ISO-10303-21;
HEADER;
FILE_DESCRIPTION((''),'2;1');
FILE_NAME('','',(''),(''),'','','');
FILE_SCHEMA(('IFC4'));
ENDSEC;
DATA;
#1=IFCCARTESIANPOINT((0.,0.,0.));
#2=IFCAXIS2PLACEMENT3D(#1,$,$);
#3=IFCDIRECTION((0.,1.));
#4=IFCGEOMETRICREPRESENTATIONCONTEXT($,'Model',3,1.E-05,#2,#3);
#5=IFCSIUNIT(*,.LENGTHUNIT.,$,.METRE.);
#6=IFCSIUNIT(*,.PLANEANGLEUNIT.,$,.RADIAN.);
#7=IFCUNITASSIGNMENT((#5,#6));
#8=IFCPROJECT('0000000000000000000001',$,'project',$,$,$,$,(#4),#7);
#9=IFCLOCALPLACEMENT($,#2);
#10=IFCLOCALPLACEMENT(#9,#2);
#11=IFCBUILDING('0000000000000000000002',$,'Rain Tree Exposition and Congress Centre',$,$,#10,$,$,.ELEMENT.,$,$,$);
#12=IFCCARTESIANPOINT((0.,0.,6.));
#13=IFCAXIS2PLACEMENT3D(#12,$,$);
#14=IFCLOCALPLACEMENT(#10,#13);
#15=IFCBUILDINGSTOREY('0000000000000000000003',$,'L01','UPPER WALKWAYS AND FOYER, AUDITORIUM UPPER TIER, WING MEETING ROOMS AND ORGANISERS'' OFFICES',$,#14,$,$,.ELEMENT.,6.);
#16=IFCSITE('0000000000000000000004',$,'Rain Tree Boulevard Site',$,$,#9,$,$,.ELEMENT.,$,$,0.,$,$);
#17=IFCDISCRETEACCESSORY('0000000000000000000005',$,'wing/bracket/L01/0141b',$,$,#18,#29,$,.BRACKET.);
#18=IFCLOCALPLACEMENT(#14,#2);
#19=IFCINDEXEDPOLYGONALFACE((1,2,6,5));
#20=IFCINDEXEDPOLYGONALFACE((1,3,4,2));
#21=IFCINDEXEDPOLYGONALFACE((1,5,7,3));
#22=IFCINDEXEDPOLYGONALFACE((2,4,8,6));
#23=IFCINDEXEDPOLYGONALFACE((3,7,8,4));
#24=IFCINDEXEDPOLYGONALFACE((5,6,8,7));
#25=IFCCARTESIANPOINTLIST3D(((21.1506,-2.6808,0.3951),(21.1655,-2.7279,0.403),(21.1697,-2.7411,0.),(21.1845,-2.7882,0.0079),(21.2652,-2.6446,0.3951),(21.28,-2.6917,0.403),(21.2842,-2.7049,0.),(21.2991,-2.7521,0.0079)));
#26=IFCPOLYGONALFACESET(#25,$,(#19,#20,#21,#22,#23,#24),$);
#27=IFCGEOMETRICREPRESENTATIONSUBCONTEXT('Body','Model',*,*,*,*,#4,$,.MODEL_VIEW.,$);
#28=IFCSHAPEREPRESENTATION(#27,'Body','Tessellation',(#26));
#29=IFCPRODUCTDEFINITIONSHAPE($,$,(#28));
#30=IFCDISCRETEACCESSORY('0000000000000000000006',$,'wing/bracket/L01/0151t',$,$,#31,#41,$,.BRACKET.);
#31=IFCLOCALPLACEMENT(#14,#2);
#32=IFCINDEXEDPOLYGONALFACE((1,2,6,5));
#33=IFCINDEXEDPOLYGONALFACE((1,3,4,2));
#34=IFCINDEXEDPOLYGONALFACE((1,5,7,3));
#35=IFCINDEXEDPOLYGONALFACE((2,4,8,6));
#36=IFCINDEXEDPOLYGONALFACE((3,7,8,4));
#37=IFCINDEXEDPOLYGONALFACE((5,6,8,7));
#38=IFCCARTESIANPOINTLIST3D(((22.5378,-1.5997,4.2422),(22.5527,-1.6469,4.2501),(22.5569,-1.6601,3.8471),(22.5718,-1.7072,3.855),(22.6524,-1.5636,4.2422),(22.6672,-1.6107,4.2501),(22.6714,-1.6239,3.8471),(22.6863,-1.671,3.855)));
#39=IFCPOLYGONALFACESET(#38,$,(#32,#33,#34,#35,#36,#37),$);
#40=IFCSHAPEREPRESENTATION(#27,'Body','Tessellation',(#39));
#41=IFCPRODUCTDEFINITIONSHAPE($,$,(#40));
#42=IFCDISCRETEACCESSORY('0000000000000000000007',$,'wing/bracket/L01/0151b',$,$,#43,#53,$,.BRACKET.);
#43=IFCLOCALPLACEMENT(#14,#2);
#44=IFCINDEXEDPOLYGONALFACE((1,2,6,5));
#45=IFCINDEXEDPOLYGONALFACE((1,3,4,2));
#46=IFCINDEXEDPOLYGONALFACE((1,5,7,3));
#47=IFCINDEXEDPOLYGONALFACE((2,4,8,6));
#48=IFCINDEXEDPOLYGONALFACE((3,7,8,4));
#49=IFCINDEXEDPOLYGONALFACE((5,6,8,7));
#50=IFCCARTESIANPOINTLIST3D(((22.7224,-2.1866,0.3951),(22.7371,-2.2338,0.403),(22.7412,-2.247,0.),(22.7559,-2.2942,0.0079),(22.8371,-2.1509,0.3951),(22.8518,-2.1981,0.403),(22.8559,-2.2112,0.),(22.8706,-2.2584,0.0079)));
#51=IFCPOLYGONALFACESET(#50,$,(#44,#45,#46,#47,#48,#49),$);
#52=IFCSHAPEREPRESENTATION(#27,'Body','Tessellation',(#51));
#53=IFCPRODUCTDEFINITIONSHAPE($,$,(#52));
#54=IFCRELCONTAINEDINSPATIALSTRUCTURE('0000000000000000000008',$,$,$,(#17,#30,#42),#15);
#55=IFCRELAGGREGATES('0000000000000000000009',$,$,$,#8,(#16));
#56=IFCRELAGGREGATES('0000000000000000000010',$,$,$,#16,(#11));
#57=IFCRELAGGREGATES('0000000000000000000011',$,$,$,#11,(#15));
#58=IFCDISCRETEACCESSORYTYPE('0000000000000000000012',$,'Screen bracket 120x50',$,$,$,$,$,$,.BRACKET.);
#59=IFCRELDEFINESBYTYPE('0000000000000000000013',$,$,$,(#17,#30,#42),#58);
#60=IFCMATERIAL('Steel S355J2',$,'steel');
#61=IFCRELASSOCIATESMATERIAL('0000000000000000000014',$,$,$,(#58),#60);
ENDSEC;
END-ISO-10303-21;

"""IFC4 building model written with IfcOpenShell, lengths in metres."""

from ifc_helpers import new_model, si_unit, direction, frame, origin, origin_2d, place, context, subcontext, project, spatial, rectangle, extrude, material, material_profile, profile_set, type_object, element, save


model = new_model("IFC4")

# Units and contexts
model_context = context("Model", 3, precision=1e-05, world=origin(), true_north=direction((0.0, 1.0)))
body_context = subcontext(model_context, "Body", "Model", "MODEL_VIEW")
ifc_project = project(units=[si_unit("LENGTHUNIT", "METRE"), si_unit("PLANEANGLEUNIT", "RADIAN")], contexts=[model_context])

# Site, building, storey
site_placement = place(None, origin())
site = spatial("IfcSite", under=ifc_project, at=site_placement, Name="Rain Tree Boulevard Site", CompositionType="ELEMENT", RefElevation=0.0)
building_placement = place(site_placement, origin())
building = spatial("IfcBuilding", under=site, at=building_placement, Name="Rain Tree Exposition and Congress Centre", CompositionType="ELEMENT")
storey_placement = place(building_placement, frame((0.0, 0.0, 6.0)))
storey = spatial("IfcBuildingStorey", under=building, at=storey_placement, Name="L01", Description="UPPER WALKWAYS AND FOYER, AUDITORIUM UPPER TIER, WING MEETING ROOMS AND ORGANISERS' OFFICES", CompositionType="ELEMENT", Elevation=6.0)

# Discrete accessories
ifc_material_1 = material(Name="Steel S355J2", Category="steel")
ifc_material_profile_1 = material_profile(ifc_material_1, rectangle(XDim=0.1201, YDim=0.05, at=origin_2d()), Name="Flat bar 120x50")
ifc_profile_set_1 = profile_set([ifc_material_profile_1], Name="Steel S355J2")
discrete_accessory_type = type_object("IfcDiscreteAccessoryType", Name="Screen bracket 120x50", PredefinedType="BRACKET", material=ifc_profile_set_1)
for number, where, z_axis, x_axis, name in (
    (1, (21.2344, -2.7466, 0.0039), (-0.047602, 0.150738, 0.987427), (-0.953583, -0.301131, 0.0), "wing/bracket/L01/0141b"),
    (2, (22.6216, -1.6655, 3.8511), (-0.047602, 0.150738, 0.987427), (-0.953583, -0.301131, 0.0), "wing/bracket/L01/0151t"),
    (3, (22.8059, -2.2527, 0.0039), (-0.046993, 0.150743, 0.987456), (-0.954686, -0.297615, 0.0), "wing/bracket/L01/0151b"),
):
    element("IfcDiscreteAccessory", number, at=place(storey_placement, frame(where, z_axis=z_axis, x_axis=x_axis)), inside=storey, type_object=discrete_accessory_type, Name=name, PredefinedType="BRACKET", context=body_context, shape_type="SweptSolid", body=[
        extrude(rectangle(XDim=0.1201, YDim=0.05, at=origin_2d()), origin(), (0.0, 0.0, 1.0), 0.4001),
    ])

save(model, "model.ifc")
